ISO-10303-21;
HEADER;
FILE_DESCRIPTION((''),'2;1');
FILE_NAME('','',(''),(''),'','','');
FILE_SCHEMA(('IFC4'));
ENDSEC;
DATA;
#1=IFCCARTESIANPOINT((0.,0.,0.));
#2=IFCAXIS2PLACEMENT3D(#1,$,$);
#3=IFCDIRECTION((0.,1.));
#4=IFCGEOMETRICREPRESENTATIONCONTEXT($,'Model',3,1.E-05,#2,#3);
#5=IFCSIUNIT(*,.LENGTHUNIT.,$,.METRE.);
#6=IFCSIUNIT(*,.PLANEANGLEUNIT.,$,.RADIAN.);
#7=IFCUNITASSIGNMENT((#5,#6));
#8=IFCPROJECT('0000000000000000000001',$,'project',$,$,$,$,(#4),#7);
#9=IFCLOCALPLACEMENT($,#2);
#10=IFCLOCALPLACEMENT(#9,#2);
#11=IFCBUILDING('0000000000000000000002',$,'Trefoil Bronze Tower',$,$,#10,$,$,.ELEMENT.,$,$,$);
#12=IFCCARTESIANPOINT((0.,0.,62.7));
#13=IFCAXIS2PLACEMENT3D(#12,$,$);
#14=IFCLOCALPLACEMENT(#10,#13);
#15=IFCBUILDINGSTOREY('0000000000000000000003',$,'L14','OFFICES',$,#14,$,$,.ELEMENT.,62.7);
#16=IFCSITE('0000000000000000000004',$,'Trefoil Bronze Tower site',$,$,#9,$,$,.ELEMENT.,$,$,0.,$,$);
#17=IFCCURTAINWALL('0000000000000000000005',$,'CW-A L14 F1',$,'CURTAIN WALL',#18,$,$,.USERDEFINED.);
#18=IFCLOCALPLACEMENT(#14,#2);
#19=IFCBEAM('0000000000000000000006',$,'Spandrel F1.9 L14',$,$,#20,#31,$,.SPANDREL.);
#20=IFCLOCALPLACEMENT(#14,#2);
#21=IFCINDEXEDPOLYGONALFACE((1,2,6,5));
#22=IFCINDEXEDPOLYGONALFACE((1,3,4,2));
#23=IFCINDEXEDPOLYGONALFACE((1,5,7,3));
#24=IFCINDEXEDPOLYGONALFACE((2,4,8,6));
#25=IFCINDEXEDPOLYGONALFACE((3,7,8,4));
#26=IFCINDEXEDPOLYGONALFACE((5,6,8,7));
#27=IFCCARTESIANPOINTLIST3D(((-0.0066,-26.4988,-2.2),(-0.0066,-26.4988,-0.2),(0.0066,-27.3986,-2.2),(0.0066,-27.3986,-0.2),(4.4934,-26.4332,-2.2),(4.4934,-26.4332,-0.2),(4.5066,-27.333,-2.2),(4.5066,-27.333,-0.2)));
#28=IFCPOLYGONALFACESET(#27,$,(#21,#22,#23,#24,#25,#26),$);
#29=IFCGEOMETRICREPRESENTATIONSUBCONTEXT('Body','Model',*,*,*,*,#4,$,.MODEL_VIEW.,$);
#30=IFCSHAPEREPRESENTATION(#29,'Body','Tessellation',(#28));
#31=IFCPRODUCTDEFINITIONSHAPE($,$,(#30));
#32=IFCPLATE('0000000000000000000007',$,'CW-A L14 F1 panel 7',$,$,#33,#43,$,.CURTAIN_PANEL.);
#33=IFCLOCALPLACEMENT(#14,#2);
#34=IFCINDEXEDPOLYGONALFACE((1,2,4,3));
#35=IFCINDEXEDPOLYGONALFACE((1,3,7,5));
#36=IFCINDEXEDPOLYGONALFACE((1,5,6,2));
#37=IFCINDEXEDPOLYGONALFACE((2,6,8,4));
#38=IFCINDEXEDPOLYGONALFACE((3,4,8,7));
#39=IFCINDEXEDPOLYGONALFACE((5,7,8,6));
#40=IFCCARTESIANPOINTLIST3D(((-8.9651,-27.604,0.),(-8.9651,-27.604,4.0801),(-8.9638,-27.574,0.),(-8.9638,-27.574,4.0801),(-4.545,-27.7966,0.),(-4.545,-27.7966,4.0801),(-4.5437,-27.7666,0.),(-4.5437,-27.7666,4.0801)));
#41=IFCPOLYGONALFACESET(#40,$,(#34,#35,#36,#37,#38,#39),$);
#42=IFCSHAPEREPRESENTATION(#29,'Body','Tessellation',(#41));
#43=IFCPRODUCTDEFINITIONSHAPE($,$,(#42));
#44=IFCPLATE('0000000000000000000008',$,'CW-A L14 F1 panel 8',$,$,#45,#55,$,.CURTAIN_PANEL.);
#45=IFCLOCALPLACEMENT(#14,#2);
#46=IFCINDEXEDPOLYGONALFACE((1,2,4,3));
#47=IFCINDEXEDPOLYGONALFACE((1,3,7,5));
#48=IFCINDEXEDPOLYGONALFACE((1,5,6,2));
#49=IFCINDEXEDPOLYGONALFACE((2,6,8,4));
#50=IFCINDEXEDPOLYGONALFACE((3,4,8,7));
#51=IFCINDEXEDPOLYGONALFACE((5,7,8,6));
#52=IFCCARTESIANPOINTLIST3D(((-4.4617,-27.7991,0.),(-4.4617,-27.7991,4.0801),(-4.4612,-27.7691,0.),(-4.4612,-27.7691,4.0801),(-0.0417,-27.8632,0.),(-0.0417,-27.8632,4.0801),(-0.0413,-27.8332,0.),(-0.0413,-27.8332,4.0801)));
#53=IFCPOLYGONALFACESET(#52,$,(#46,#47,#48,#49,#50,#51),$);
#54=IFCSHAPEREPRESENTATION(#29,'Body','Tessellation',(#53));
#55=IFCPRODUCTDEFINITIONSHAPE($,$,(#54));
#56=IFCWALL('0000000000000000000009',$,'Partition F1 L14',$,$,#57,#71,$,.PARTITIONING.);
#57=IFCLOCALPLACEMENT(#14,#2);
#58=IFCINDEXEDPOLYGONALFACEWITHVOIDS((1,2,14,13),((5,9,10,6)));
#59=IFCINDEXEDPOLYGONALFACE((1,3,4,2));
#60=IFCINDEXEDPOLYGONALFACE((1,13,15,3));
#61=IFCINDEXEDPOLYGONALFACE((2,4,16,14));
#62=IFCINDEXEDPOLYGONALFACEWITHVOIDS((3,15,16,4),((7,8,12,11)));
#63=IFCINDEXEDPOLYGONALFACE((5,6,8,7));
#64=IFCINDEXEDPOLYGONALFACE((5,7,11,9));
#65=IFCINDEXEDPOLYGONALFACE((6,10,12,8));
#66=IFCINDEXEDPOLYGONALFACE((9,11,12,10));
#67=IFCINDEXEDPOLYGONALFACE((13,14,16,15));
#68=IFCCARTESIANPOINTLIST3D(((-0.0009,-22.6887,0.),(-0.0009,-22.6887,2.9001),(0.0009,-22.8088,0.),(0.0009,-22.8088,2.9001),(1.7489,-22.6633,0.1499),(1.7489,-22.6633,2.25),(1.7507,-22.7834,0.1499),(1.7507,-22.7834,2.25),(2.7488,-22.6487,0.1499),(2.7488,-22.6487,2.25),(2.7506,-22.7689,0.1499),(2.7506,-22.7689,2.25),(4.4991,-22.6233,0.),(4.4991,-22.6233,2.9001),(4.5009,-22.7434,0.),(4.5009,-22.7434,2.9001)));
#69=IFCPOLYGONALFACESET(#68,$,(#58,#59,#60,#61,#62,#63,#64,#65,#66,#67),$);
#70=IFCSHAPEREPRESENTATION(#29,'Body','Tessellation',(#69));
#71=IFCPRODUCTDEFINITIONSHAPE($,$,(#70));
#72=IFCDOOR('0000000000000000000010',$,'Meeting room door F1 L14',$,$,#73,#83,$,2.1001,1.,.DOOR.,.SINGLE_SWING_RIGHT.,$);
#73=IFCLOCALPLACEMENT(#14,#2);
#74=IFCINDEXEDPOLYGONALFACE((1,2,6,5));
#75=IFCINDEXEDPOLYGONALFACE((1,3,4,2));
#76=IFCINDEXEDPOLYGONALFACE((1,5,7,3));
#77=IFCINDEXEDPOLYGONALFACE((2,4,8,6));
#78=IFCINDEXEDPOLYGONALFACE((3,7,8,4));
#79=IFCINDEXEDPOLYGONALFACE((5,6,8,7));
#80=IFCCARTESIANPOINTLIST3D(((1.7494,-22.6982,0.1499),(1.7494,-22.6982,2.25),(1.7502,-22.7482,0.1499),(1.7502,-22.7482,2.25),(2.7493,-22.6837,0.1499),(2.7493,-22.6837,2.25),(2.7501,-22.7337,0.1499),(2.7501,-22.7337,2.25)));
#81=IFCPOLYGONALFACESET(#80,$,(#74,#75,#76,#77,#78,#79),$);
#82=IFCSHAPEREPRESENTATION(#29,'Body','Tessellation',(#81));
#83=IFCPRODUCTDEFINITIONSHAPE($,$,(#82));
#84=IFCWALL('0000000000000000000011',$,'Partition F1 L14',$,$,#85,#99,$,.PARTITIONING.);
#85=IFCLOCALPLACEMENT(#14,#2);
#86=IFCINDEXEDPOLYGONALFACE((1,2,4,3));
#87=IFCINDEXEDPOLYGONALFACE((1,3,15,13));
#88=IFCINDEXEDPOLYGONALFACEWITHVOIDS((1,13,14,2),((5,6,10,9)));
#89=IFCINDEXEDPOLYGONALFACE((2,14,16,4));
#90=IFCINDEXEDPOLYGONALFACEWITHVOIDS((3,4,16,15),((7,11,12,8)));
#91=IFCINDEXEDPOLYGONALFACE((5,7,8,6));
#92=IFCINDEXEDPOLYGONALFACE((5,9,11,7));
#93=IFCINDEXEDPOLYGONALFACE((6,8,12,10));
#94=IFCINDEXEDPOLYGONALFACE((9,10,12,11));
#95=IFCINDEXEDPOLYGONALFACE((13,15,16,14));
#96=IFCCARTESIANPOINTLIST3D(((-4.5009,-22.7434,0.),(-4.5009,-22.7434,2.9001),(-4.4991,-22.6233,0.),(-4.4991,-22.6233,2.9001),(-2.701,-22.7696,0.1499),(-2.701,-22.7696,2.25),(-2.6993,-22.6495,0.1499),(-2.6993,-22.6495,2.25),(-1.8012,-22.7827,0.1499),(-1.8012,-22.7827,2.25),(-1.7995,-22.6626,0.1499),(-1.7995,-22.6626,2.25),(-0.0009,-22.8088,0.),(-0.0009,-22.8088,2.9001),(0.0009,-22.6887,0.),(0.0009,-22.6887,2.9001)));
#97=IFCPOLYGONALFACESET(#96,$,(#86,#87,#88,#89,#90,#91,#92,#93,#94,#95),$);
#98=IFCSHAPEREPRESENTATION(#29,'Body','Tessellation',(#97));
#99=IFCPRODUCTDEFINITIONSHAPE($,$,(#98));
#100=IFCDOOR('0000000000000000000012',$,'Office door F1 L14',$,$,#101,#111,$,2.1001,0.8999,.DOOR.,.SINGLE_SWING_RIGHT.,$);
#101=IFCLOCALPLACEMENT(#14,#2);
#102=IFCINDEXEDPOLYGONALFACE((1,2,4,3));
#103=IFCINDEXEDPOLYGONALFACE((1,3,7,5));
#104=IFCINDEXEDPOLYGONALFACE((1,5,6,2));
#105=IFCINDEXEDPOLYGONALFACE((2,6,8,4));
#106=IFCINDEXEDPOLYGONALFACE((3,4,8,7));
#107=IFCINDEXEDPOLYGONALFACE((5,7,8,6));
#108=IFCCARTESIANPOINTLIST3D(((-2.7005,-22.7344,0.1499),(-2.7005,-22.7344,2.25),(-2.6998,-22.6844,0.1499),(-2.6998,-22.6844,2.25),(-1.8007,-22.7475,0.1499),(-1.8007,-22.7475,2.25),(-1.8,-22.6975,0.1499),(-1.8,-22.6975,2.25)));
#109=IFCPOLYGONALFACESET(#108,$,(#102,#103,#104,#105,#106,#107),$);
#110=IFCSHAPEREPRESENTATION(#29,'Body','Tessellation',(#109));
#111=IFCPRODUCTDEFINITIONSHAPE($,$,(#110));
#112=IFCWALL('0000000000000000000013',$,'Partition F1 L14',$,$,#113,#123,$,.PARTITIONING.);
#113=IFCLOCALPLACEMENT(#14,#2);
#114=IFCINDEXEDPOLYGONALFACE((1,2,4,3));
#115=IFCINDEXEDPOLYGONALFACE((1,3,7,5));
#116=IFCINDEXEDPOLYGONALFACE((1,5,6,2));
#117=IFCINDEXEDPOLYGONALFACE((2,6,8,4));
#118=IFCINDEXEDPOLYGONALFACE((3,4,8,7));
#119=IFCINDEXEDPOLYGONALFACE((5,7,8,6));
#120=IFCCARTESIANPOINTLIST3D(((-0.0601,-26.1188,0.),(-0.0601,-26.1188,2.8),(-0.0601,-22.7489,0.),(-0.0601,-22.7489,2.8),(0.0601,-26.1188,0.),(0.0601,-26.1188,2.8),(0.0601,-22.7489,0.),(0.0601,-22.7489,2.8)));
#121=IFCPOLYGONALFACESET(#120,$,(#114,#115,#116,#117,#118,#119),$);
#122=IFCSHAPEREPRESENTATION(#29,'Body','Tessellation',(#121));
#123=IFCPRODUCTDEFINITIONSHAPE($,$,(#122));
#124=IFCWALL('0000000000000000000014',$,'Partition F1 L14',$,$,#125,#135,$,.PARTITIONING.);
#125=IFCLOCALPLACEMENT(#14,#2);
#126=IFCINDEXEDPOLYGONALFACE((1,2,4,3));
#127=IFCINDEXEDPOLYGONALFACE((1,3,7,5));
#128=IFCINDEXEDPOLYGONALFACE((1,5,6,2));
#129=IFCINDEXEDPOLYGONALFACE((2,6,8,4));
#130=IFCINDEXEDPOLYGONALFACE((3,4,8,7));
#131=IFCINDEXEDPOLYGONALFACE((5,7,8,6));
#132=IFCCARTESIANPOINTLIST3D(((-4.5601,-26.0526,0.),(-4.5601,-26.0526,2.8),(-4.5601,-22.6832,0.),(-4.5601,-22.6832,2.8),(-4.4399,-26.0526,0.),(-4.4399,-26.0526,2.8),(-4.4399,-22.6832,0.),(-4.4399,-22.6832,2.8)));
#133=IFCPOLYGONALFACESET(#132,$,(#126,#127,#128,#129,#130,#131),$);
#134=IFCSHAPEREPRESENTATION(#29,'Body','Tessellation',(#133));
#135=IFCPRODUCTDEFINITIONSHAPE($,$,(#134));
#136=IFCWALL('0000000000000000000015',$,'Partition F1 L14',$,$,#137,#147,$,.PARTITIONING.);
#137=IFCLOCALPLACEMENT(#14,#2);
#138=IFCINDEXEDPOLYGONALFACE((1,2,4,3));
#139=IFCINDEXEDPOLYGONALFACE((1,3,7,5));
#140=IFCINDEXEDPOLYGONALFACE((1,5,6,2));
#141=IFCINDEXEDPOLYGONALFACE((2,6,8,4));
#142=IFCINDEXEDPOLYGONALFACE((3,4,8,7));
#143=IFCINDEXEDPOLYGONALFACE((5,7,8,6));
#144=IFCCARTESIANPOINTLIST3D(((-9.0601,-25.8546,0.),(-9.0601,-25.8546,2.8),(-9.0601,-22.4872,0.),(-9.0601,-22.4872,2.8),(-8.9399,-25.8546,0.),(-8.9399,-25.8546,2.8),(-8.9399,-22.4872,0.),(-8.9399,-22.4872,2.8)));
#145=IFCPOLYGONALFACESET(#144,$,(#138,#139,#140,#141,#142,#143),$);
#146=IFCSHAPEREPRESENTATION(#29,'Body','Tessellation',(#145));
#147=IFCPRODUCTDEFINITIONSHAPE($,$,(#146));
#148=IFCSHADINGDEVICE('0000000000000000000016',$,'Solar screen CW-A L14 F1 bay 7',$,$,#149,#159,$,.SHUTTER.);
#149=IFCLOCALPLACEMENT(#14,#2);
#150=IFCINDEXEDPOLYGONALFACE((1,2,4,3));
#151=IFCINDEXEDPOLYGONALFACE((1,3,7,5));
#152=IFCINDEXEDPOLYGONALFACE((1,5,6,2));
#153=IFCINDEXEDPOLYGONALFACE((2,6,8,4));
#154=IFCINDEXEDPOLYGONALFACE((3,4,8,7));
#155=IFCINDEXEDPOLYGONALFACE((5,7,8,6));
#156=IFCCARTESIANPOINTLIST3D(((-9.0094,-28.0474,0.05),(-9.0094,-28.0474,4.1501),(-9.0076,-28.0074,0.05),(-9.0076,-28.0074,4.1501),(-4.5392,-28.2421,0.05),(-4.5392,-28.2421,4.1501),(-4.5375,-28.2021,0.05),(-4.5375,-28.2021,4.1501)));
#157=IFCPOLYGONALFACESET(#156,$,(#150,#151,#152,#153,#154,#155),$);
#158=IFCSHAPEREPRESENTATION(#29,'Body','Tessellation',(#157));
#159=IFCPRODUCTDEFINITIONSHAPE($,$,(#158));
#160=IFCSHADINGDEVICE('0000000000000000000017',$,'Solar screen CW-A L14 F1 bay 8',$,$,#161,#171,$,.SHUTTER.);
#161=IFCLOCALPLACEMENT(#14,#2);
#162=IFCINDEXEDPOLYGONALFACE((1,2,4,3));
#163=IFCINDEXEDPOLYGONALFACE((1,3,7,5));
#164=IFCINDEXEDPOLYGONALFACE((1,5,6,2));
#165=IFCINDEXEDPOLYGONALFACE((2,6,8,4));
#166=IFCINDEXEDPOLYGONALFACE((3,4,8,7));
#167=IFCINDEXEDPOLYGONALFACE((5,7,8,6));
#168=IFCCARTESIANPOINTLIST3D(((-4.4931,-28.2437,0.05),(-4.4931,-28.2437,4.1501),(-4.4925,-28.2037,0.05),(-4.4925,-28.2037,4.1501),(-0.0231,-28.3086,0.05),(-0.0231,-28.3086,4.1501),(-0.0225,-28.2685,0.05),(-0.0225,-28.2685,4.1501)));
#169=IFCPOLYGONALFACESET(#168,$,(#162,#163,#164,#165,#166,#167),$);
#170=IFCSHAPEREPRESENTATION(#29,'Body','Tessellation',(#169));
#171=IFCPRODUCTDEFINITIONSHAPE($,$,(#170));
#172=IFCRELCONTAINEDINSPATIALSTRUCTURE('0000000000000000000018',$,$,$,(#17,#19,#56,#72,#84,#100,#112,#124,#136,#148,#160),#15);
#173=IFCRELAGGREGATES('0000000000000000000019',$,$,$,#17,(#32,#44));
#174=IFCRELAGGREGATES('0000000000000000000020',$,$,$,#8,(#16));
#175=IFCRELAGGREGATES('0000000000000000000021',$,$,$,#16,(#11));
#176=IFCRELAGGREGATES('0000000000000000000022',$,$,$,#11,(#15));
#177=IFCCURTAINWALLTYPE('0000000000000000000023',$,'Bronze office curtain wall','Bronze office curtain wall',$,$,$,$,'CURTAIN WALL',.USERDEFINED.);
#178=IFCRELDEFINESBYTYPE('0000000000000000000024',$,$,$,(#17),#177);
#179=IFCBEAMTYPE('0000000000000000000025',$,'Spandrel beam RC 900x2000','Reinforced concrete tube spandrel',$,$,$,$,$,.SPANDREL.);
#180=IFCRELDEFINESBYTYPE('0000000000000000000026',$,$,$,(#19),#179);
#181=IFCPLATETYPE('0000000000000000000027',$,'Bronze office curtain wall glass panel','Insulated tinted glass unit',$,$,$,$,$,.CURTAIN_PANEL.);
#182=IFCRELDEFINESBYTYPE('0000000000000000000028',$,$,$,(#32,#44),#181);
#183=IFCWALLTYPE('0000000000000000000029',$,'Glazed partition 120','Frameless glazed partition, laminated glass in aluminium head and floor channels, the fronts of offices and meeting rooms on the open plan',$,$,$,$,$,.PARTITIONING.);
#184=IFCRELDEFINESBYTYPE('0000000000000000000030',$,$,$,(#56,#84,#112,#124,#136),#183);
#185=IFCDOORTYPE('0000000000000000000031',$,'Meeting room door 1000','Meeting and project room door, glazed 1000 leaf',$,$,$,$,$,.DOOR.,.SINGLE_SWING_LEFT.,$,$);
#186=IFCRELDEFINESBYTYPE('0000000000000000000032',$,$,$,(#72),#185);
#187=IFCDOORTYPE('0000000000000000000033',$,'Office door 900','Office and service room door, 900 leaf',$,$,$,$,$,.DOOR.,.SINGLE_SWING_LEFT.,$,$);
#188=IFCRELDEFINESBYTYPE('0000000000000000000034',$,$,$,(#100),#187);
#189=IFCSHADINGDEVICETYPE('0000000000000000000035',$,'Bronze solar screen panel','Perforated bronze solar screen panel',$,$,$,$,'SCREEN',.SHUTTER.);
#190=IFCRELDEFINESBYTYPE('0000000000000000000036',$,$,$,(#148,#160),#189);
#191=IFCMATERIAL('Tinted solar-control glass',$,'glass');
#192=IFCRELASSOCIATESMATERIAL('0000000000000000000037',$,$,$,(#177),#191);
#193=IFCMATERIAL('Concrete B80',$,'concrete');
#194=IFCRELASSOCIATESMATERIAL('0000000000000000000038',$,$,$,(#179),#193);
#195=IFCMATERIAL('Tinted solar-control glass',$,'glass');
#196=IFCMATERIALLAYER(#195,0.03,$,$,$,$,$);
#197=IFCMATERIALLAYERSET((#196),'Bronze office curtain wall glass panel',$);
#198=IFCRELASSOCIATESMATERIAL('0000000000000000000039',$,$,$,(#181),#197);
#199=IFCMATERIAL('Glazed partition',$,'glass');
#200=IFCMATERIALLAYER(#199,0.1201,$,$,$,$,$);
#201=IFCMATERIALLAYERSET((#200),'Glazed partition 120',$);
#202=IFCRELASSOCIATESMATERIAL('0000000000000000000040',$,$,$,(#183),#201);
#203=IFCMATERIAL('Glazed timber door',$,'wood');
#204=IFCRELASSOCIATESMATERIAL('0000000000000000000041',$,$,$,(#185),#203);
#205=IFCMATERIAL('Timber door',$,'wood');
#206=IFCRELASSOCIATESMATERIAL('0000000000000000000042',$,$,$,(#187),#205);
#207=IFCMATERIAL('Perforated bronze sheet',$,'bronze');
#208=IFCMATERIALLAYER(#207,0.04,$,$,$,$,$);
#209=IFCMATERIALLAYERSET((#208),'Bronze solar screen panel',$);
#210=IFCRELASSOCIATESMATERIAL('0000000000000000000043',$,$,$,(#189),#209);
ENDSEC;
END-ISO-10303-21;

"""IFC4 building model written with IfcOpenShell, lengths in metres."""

from ifc_helpers import new_model, si_unit, direction, frame, frame_2d, origin, origin_2d, place, context, subcontext, project, spatial, rectangle, extrude, material, layer, layer_set, material_profile, profile_set, type_object, element, fill, aggregate, save


model = new_model("IFC4")

# Units and contexts
model_context = context("Model", 3, precision=1e-05, world=origin(), true_north=direction((0.0, 1.0)))
body_context = subcontext(model_context, "Body", "Model", "MODEL_VIEW")
ifc_project = project(units=[si_unit("LENGTHUNIT", "METRE"), si_unit("PLANEANGLEUNIT", "RADIAN")], contexts=[model_context])

# Site, building, storey
site_placement = place(None, origin())
site = spatial("IfcSite", under=ifc_project, at=site_placement, Name="Trefoil Bronze Tower site", CompositionType="ELEMENT", RefElevation=0.0)
building_placement = place(site_placement, origin())
building = spatial("IfcBuilding", under=site, at=building_placement, Name="Trefoil Bronze Tower", CompositionType="ELEMENT")
storey_placement = place(building_placement, frame((0.0, 0.0, 62.7)))
storey = spatial("IfcBuildingStorey", under=building, at=storey_placement, Name="L14", Description="OFFICES", CompositionType="ELEMENT", Elevation=62.7)

# Curtain wall
ifc_material_1 = material(Name="Tinted solar-control glass", Category="glass")
curtain_wall_type = type_object("IfcCurtainWallType", Name="Bronze office curtain wall", Description="Bronze office curtain wall", ElementType="CURTAIN WALL", PredefinedType="USERDEFINED", material=ifc_material_1)
curtain_wall_placement = place(storey_placement, origin())
curtain_wall = element("IfcCurtainWall", 1, at=curtain_wall_placement, inside=storey, type_object=curtain_wall_type, Name="CW-A L14 F1", ObjectType="CURTAIN WALL", PredefinedType="USERDEFINED")

# Beam
ifc_material_2 = material(Name="Concrete B80", Category="concrete")
ifc_material_profile_1 = material_profile(ifc_material_2, rectangle(XDim=0.8999, YDim=2.0, at=origin_2d()), Name="RC 900x2000")
ifc_profile_set_1 = profile_set([ifc_material_profile_1], Name="Concrete B80")
beam_type_1 = type_object("IfcBeamType", Name="Spandrel beam RC 900x2000", Description="Reinforced concrete tube spandrel", PredefinedType="SPANDREL", material=ifc_profile_set_1)
for number, where, z_axis, x_axis, name in (
    (2, (0.0, -26.9487, -1.2), (0.999894, 0.014593, 0.0), (-0.014593, 0.999894, 0.0), "Spandrel F1.9 L14"),
):
    element("IfcBeam", number, at=place(storey_placement, frame(where, z_axis=z_axis, x_axis=x_axis)), inside=storey, type_object=beam_type_1, Name=name, PredefinedType="SPANDREL", context=body_context, shape_type="SweptSolid", body=[
        extrude(rectangle(XDim=0.8999, YDim=2.0, at=origin_2d()), origin(), (0.0, 0.0, 1.0), 4.5005),
    ])

# Plates
ifc_material_3 = material(Name="Tinted solar-control glass", Category="glass")
ifc_layer_1 = layer(ifc_material_3, 0.03)
ifc_layer_set_1 = layer_set([ifc_layer_1], Name="Bronze office curtain wall glass panel")
plate_type = type_object("IfcPlateType", Name="Bronze office curtain wall glass panel", Description="Insulated tinted glass unit", PredefinedType="CURTAIN_PANEL", material=ifc_layer_set_1)
plate_1_placement = place(storey_placement, frame((-6.7544, -27.6853, 0.0), z_axis=(0.0, 0.0, 1.0), x_axis=(0.999052, -0.043528, 0.0)))
plate_1 = element("IfcPlate", 3, at=plate_1_placement, type_object=plate_type, Name="CW-A L14 F1 panel 7", PredefinedType="CURTAIN_PANEL", context=body_context, shape_type="SweptSolid", body=[
    extrude(rectangle(XDim=4.4243, YDim=0.03, at=origin_2d()), origin(), (0.0, 0.0, 1.0), 4.0801),
])
plate_2_placement = place(storey_placement, frame((-2.2515, -27.8162, 0.0), z_axis=(0.0, 0.0, 1.0), x_axis=(0.999895, -0.014509, 0.0)))
plate_2 = element("IfcPlate", 4, at=plate_2_placement, type_object=plate_type, Name="CW-A L14 F1 panel 8", PredefinedType="CURTAIN_PANEL", context=body_context, shape_type="SweptSolid", body=[
    extrude(rectangle(XDim=4.4204, YDim=0.03, at=origin_2d()), origin(), (0.0, 0.0, 1.0), 4.0801),
])
aggregate(curtain_wall, [plate_1, plate_2])

# Walls, openings, doors
ifc_material_4 = material(Name="Glazed partition", Category="glass")
ifc_layer_2 = layer(ifc_material_4, 0.1201)
ifc_layer_set_2 = layer_set([ifc_layer_2], Name="Glazed partition 120")
wall_type = type_object("IfcWallType", Name="Glazed partition 120", Description="Frameless glazed partition, laminated glass in aluminium head and floor channels, the fronts of offices and meeting rooms on the open plan", PredefinedType="PARTITIONING", material=ifc_layer_set_2)
wall_1_placement = place(storey_placement, frame((0.0, -22.7488, 0.0), z_axis=(0.0, 0.0, 1.0), x_axis=(0.999894, 0.014538, 0.0)))
wall_1 = element("IfcWall", 5, at=wall_1_placement, inside=storey, type_object=wall_type, Name="Partition F1 L14", PredefinedType="PARTITIONING", context=body_context, shape_type="SweptSolid", body=[
    extrude(rectangle(XDim=4.5005, YDim=0.1201, at=frame_2d((2.2502, 0.0))), origin(), (0.0, 0.0, 1.0), 2.9001),
])
opening_1_placement = place(wall_1_placement, frame((1.75, 0.0, 0.1499)))
opening_1 = element("IfcOpeningElement", 6, at=opening_1_placement, cuts=wall_1, PredefinedType="OPENING", context=body_context, shape_type="SweptSolid", body=[
    extrude(rectangle(XDim=1.0, YDim=2.1001, at=frame_2d((0.5, 1.05))), frame((0.0, 0.0701, 0.0), z_axis=(0.0, -1.0, 0.0), x_axis=(1.0, 0.0, 0.0)), (0.0, 0.0, 1.0), 0.1401),
])
ifc_material_5 = material(Name="Glazed timber door", Category="wood")
door_type_1 = type_object("IfcDoorType", Name="Meeting room door 1000", Description="Meeting and project room door, glazed 1000 leaf", OperationType="SINGLE_SWING_LEFT", PredefinedType="DOOR", material=ifc_material_5)
door_1_placement = place(opening_1_placement, frame((1.0, 0.0, 0.0), z_axis=(0.0, 0.0, 1.0), x_axis=(-1.0, 0.0, 0.0)))
door_1 = element("IfcDoor", 7, at=door_1_placement, inside=storey, type_object=door_type_1, Name="Meeting room door F1 L14", OperationType="SINGLE_SWING_RIGHT", OverallHeight=2.1001, OverallWidth=1.0, PredefinedType="DOOR", context=body_context, shape_type="SweptSolid", body=[
    extrude(rectangle(XDim=1.0, YDim=2.1001, at=frame_2d((0.5, 1.05))), frame((0.0, 0.0249, 0.0), z_axis=(0.0, -1.0, 0.0), x_axis=(1.0, 0.0, 0.0)), (0.0, 0.0, 1.0), 0.05),
])
fill(opening_1, door_1)
wall_2_placement = place(storey_placement, frame((-4.5, -22.6833, 0.0), z_axis=(0.0, 0.0, 1.0), x_axis=(0.999894, -0.014538, 0.0)))
wall_2 = element("IfcWall", 8, at=wall_2_placement, inside=storey, type_object=wall_type, Name="Partition F1 L14", PredefinedType="PARTITIONING", context=body_context, shape_type="SweptSolid", body=[
    extrude(rectangle(XDim=4.5005, YDim=0.1201, at=frame_2d((2.2502, 0.0))), origin(), (0.0, 0.0, 1.0), 2.9001),
])
opening_2_placement = place(wall_2_placement, frame((1.8, 0.0, 0.1499)))
opening_2 = element("IfcOpeningElement", 9, at=opening_2_placement, cuts=wall_2, PredefinedType="OPENING", context=body_context, shape_type="SweptSolid", body=[
    extrude(rectangle(XDim=0.8999, YDim=2.1001, at=frame_2d((0.45, 1.05))), frame((0.0, 0.0701, 0.0), z_axis=(0.0, -1.0, 0.0), x_axis=(1.0, 0.0, 0.0)), (0.0, 0.0, 1.0), 0.1401),
])
ifc_material_6 = material(Name="Timber door", Category="wood")
door_type_2 = type_object("IfcDoorType", Name="Office door 900", Description="Office and service room door, 900 leaf", OperationType="SINGLE_SWING_LEFT", PredefinedType="DOOR", material=ifc_material_6)
door_2_placement = place(opening_2_placement, frame((0.8999, 0.0, 0.0), z_axis=(0.0, 0.0, 1.0), x_axis=(-1.0, 0.0, 0.0)))
door_2 = element("IfcDoor", 10, at=door_2_placement, inside=storey, type_object=door_type_2, Name="Office door F1 L14", OperationType="SINGLE_SWING_RIGHT", OverallHeight=2.1001, OverallWidth=0.8999, PredefinedType="DOOR", context=body_context, shape_type="SweptSolid", body=[
    extrude(rectangle(XDim=0.8999, YDim=2.1001, at=frame_2d((0.45, 1.05))), frame((0.0, 0.0249, 0.0), z_axis=(0.0, -1.0, 0.0), x_axis=(1.0, 0.0, 0.0)), (0.0, 0.0, 1.0), 0.05),
])
fill(opening_2, door_2)

# Walls
wall_3_placement = place(storey_placement, frame((0.0, -22.7488, 0.0), z_axis=(0.0, 0.0, 1.0), x_axis=(0.0, -1.0, 0.0)))
element("IfcWall", 11, at=wall_3_placement, inside=storey, type_object=wall_type, Name="Partition F1 L14", PredefinedType="PARTITIONING", context=body_context, shape_type="SweptSolid", body=[
    extrude(rectangle(XDim=3.3699, YDim=0.1201, at=frame_2d((1.6851, 0.0))), origin(), (0.0, 0.0, 1.0), 2.8),
])
wall_4_placement = place(storey_placement, frame((-4.5, -22.6833, 0.0), z_axis=(0.0, 0.0, 1.0), x_axis=(0.0, -1.0, 0.0)))
element("IfcWall", 12, at=wall_4_placement, inside=storey, type_object=wall_type, Name="Partition F1 L14", PredefinedType="PARTITIONING", context=body_context, shape_type="SweptSolid", body=[
    extrude(rectangle(XDim=3.3694, YDim=0.1201, at=frame_2d((1.6846, 0.0))), origin(), (0.0, 0.0, 1.0), 2.8),
])
wall_5_placement = place(storey_placement, frame((-9.0, -22.4873, 0.0), z_axis=(0.0, 0.0, 1.0), x_axis=(0.0, -1.0, 0.0)))
element("IfcWall", 13, at=wall_5_placement, inside=storey, type_object=wall_type, Name="Partition F1 L14", PredefinedType="PARTITIONING", context=body_context, shape_type="SweptSolid", body=[
    extrude(rectangle(XDim=3.3674, YDim=0.1201, at=frame_2d((1.6836, 0.0))), origin(), (0.0, 0.0, 1.0), 2.8),
])

# Shading devices
ifc_material_7 = material(Name="Perforated bronze sheet", Category="bronze")
ifc_layer_3 = layer(ifc_material_7, 0.04)
ifc_layer_set_3 = layer_set([ifc_layer_3], Name="Bronze solar screen panel")
shading_device_type = type_object("IfcShadingDeviceType", Name="Bronze solar screen panel", Description="Perforated bronze solar screen panel", ElementType="SCREEN", PredefinedType="SHUTTER", material=ifc_layer_set_3)
shading_device_1_placement = place(storey_placement, frame((-6.7734, -28.1248, 0.05), z_axis=(0.0, 0.0, 1.0), x_axis=(0.999052, -0.043528, 0.0)))
element("IfcShadingDevice", 14, at=shading_device_1_placement, inside=storey, type_object=shading_device_type, Name="Solar screen CW-A L14 F1 bay 7", PredefinedType="SHUTTER", context=body_context, shape_type="SweptSolid", body=[
    extrude(rectangle(XDim=4.4744, YDim=0.04, at=origin_2d()), origin(), (0.0, 0.0, 1.0), 4.1001),
])
shading_device_2_placement = place(storey_placement, frame((-2.2578, -28.2561, 0.05), z_axis=(0.0, 0.0, 1.0), x_axis=(0.999895, -0.014509, 0.0)))
element("IfcShadingDevice", 15, at=shading_device_2_placement, inside=storey, type_object=shading_device_type, Name="Solar screen CW-A L14 F1 bay 8", PredefinedType="SHUTTER", context=body_context, shape_type="SweptSolid", body=[
    extrude(rectangle(XDim=4.4705, YDim=0.04, at=origin_2d()), origin(), (0.0, 0.0, 1.0), 4.1001),
])

save(model, "model.ifc")
